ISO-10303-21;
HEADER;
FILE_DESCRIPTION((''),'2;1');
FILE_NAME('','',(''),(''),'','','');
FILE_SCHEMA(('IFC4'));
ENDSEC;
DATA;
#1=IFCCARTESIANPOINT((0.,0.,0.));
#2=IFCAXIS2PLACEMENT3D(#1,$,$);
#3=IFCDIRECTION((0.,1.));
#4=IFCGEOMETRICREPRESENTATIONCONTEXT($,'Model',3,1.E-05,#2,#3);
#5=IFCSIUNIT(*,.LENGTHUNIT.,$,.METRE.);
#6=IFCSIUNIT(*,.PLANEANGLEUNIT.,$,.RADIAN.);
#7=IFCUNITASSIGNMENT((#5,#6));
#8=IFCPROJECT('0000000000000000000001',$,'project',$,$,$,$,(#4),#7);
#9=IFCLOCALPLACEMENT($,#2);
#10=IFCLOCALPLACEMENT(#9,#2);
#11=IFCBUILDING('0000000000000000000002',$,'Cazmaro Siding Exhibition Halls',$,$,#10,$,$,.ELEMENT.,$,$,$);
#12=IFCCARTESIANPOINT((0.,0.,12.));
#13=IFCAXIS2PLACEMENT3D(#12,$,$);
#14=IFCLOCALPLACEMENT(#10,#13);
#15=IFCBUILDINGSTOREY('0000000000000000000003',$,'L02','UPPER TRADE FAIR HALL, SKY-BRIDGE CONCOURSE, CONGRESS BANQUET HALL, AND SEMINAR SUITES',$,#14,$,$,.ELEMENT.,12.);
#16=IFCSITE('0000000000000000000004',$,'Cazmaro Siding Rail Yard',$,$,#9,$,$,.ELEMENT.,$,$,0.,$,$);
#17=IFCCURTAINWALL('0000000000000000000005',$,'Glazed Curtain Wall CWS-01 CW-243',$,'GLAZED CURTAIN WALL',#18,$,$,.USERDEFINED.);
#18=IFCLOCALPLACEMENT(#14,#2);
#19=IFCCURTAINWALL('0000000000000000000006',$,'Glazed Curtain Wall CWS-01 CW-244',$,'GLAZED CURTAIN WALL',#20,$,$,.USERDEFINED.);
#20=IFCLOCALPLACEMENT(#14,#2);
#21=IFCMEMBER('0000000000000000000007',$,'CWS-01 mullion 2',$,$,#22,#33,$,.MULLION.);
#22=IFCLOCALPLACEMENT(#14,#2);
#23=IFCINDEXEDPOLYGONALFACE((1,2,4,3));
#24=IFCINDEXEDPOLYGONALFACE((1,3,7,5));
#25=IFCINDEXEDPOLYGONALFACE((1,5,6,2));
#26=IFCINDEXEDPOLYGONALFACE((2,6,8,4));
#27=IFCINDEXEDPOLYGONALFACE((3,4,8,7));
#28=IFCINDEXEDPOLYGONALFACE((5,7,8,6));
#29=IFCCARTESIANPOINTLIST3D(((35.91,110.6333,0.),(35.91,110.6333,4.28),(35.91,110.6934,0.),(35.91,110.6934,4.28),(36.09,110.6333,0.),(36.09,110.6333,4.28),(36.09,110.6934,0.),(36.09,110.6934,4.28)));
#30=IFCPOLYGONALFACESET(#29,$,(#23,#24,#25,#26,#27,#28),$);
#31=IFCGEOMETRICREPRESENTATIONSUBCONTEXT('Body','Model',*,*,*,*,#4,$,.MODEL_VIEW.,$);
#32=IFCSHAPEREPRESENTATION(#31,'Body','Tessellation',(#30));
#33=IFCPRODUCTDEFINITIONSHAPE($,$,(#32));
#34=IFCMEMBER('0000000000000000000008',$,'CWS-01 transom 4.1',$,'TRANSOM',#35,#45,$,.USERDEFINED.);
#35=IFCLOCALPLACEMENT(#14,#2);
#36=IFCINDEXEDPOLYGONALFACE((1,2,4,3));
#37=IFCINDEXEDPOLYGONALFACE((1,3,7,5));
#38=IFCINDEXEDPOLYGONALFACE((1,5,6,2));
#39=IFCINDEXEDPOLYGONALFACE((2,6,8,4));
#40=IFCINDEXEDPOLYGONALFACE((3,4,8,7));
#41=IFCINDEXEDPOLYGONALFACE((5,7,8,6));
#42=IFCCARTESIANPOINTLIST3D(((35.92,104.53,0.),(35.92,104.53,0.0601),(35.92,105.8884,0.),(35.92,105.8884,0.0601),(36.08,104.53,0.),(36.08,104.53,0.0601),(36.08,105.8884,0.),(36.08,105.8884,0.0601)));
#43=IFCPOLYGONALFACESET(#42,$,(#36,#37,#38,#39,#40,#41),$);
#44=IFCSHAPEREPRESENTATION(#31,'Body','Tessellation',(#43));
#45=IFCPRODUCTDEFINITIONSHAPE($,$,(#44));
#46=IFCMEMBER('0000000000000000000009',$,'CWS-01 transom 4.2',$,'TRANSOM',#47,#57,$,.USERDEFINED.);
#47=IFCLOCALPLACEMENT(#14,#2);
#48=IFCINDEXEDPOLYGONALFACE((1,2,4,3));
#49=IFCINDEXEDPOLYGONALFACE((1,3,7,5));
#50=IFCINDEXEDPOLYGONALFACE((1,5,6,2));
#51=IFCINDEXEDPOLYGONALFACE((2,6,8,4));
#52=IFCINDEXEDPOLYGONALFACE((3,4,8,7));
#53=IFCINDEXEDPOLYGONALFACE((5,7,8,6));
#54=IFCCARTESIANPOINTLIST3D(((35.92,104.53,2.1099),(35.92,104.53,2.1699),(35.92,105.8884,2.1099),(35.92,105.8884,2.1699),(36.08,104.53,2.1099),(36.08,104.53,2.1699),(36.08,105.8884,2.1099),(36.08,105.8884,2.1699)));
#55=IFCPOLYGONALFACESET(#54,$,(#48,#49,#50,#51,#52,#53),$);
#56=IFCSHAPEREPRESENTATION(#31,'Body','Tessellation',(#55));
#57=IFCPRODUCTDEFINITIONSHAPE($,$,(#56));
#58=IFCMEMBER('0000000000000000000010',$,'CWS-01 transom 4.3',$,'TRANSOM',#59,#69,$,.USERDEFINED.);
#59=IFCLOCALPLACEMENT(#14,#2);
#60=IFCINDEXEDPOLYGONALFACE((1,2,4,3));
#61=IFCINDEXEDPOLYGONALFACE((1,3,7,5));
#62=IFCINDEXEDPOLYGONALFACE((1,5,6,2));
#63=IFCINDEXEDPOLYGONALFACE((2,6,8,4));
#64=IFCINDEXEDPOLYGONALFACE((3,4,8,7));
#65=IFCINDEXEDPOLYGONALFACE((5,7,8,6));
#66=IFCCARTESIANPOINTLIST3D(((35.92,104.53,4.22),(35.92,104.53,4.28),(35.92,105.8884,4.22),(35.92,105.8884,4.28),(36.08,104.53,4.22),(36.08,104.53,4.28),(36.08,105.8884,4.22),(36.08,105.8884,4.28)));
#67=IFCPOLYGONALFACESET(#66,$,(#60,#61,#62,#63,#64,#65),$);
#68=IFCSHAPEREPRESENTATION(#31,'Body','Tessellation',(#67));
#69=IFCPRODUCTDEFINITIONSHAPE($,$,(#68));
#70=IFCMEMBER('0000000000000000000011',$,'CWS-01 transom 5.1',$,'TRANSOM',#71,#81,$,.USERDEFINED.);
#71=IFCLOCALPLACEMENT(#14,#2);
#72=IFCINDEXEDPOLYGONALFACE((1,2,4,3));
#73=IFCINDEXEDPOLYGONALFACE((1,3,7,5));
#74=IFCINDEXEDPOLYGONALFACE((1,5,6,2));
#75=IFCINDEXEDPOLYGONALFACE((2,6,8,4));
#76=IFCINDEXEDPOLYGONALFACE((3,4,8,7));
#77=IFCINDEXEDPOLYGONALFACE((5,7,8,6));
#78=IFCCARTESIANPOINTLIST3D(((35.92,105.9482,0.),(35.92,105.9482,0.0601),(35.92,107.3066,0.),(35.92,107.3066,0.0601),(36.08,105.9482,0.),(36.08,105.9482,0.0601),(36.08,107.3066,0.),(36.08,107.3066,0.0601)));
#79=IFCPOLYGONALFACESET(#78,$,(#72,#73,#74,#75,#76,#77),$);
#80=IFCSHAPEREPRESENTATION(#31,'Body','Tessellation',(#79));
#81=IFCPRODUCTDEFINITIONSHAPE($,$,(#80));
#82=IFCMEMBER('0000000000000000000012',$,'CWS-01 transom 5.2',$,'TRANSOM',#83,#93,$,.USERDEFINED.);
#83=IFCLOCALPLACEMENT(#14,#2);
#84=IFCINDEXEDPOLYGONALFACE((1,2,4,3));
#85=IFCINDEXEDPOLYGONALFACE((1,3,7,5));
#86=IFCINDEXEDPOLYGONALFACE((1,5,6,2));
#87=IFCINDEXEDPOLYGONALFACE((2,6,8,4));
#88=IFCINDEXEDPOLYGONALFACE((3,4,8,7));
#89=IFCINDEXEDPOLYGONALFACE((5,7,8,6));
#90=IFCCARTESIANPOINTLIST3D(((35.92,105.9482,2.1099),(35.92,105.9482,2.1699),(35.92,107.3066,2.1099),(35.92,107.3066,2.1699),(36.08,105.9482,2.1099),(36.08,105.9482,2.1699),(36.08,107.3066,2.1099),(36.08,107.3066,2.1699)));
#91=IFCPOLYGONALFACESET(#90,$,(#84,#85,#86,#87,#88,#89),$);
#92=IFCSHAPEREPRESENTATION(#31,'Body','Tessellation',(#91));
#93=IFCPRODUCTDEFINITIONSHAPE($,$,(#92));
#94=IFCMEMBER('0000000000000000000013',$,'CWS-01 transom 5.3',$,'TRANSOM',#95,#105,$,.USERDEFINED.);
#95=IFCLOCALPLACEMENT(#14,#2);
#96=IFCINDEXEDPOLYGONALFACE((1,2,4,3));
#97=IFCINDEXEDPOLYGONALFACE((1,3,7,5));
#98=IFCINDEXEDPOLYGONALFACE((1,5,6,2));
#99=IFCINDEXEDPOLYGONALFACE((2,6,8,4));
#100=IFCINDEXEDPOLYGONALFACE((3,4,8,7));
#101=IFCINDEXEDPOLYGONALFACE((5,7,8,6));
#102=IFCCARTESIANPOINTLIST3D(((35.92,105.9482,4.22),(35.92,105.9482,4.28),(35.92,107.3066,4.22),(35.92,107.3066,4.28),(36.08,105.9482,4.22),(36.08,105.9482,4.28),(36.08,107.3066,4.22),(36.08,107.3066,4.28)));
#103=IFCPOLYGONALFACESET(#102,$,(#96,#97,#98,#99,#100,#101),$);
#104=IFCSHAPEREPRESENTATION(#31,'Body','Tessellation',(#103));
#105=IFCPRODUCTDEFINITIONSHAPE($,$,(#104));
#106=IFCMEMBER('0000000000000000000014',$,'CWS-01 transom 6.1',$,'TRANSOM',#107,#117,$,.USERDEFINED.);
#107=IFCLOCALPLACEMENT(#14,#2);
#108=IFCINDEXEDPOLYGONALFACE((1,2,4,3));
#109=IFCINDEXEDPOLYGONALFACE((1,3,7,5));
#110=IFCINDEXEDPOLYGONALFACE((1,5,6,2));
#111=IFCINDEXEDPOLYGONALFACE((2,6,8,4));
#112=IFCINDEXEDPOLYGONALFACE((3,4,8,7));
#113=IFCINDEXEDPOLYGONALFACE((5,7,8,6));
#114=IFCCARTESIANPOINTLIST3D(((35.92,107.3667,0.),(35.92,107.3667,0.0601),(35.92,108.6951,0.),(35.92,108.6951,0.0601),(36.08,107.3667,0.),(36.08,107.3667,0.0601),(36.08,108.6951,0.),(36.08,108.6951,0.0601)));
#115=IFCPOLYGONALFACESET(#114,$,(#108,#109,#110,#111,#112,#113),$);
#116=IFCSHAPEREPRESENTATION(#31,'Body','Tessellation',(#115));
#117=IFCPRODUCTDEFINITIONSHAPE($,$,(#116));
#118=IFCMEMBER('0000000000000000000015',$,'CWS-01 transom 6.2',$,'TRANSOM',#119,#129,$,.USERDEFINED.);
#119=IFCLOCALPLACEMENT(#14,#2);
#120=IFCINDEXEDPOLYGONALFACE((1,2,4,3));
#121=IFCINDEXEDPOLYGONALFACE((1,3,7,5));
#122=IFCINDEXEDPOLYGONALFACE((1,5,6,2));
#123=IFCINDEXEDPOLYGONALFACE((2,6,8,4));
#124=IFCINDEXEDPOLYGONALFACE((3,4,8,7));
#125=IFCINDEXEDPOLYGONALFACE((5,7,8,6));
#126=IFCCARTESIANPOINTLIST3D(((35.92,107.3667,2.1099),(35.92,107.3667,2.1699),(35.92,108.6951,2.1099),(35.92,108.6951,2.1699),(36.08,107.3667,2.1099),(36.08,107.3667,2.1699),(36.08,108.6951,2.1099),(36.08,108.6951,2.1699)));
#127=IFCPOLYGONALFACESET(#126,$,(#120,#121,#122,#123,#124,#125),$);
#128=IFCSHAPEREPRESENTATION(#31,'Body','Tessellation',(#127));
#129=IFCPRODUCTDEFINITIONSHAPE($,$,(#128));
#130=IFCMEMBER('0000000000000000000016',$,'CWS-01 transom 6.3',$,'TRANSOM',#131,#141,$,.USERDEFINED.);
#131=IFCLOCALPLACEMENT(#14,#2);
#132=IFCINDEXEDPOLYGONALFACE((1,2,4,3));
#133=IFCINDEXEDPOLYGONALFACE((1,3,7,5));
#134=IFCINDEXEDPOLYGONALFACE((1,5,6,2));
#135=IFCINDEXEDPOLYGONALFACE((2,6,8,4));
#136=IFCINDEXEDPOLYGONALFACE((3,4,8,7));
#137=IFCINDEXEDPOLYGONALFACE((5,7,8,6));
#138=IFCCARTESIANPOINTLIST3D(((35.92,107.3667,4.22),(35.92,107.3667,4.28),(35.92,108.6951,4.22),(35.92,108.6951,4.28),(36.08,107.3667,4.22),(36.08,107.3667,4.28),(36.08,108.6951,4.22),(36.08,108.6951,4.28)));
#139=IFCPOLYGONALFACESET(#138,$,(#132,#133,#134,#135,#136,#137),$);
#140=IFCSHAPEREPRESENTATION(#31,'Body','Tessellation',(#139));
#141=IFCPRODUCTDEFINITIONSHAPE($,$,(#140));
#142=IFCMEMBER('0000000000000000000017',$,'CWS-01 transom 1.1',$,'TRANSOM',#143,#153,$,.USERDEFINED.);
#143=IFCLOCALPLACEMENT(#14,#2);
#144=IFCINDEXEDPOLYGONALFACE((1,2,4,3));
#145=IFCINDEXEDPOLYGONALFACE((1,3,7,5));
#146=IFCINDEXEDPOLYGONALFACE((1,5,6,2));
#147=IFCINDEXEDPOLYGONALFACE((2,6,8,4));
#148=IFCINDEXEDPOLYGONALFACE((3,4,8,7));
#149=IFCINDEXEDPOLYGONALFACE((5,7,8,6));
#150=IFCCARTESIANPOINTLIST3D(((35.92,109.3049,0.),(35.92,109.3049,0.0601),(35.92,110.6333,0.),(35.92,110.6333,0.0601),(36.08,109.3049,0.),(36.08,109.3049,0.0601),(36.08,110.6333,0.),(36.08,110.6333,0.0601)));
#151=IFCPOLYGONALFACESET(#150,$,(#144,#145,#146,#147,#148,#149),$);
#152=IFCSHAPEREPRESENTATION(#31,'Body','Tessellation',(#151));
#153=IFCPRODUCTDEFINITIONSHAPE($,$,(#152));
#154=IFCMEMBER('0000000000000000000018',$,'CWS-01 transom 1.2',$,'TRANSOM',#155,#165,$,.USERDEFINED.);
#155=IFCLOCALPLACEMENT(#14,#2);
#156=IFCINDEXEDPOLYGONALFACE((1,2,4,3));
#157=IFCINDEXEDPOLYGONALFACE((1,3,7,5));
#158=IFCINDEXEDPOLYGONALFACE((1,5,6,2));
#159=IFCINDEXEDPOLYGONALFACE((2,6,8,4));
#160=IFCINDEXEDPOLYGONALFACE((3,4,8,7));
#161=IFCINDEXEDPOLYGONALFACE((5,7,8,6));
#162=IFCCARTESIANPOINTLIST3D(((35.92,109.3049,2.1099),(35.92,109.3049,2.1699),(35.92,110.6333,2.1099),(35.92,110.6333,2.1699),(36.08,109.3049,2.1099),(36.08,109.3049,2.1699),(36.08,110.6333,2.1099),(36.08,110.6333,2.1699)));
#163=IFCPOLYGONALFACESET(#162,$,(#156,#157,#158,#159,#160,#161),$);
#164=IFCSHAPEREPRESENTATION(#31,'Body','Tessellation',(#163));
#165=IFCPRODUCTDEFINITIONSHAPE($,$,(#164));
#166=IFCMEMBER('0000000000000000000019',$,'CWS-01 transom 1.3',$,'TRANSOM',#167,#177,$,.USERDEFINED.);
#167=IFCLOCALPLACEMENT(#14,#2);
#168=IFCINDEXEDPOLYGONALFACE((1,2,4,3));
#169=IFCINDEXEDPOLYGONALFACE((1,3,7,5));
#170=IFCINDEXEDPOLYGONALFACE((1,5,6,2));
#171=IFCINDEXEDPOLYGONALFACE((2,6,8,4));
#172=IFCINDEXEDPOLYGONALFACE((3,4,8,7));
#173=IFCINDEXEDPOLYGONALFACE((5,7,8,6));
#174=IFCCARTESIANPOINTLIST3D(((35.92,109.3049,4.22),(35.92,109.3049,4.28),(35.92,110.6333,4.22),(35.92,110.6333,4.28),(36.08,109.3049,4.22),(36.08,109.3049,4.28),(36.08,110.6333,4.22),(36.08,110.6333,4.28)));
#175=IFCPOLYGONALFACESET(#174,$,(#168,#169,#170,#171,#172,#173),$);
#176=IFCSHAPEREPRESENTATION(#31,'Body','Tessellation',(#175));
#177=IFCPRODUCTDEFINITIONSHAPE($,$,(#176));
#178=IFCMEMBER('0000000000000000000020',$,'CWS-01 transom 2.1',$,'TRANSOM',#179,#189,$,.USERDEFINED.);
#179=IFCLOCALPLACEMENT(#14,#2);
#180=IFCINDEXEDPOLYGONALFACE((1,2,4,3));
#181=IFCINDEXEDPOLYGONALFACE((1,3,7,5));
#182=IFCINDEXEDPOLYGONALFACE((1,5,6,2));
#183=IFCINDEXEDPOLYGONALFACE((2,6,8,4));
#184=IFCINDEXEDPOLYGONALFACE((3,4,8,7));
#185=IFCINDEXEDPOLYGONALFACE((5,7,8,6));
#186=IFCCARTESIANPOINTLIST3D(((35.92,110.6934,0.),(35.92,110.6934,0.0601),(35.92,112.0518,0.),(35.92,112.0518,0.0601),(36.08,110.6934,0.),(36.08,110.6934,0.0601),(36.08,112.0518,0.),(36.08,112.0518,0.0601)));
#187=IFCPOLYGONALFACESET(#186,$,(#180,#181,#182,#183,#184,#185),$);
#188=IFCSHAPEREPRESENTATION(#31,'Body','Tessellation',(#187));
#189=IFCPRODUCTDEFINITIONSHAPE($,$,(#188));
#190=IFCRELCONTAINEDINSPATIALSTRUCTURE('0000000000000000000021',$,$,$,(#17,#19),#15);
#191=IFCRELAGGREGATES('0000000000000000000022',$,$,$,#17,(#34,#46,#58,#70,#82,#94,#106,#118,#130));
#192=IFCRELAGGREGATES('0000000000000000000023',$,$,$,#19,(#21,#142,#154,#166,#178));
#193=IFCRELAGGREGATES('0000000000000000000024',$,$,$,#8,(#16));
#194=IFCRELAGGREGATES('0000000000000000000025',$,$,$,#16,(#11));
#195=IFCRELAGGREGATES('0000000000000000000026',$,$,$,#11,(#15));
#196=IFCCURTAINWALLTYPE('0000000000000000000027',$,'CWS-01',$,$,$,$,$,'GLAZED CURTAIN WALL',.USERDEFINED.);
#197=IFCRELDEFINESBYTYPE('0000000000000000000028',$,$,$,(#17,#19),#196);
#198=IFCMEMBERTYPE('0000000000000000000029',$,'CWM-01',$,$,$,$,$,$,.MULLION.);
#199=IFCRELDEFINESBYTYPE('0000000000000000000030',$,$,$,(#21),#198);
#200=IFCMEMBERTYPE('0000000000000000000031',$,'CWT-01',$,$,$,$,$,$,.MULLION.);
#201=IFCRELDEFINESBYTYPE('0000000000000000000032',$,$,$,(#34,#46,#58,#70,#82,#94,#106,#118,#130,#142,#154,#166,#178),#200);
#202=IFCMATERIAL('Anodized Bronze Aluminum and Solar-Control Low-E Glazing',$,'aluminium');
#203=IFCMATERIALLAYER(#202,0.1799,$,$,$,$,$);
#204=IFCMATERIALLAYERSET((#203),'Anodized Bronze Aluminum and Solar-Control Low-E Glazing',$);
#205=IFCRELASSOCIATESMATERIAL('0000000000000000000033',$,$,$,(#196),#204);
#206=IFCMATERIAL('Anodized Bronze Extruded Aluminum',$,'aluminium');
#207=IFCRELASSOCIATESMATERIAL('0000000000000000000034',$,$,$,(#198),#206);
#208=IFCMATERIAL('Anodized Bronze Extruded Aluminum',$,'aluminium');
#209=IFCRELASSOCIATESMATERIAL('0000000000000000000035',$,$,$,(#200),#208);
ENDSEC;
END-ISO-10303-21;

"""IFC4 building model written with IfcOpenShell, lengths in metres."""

from ifc_helpers import new_model, si_unit, direction, frame, origin, origin_2d, place, context, subcontext, project, spatial, rectangle, extrude, material, layer, layer_set, material_profile, profile_set, type_object, element, aggregate, save


model = new_model("IFC4")

# Units and contexts
model_context = context("Model", 3, precision=1e-05, world=origin(), true_north=direction((0.0, 1.0)))
body_context = subcontext(model_context, "Body", "Model", "MODEL_VIEW")
ifc_project = project(units=[si_unit("LENGTHUNIT", "METRE"), si_unit("PLANEANGLEUNIT", "RADIAN")], contexts=[model_context])

# Site, building, storey
site_placement = place(None, origin())
site = spatial("IfcSite", under=ifc_project, at=site_placement, Name="Cazmaro Siding Rail Yard", CompositionType="ELEMENT", RefElevation=0.0)
building_placement = place(site_placement, origin())
building = spatial("IfcBuilding", under=site, at=building_placement, Name="Cazmaro Siding Exhibition Halls", CompositionType="ELEMENT")
storey_placement = place(building_placement, frame((0.0, 0.0, 12.0)))
storey = spatial("IfcBuildingStorey", under=building, at=storey_placement, Name="L02", Description="UPPER TRADE FAIR HALL, SKY-BRIDGE CONCOURSE, CONGRESS BANQUET HALL, AND SEMINAR SUITES", CompositionType="ELEMENT", Elevation=12.0)

# Curtain walls, member
ifc_material_1 = material(Name="Anodized Bronze Aluminum and Solar-Control Low-E Glazing", Category="aluminium")
ifc_layer_1 = layer(ifc_material_1, 0.1799)
ifc_layer_set_1 = layer_set([ifc_layer_1], Name="Anodized Bronze Aluminum and Solar-Control Low-E Glazing")
curtain_wall_type = type_object("IfcCurtainWallType", Name="CWS-01", ElementType="GLAZED CURTAIN WALL", PredefinedType="USERDEFINED", material=ifc_layer_set_1)
curtain_wall_1_placement = place(storey_placement, origin())
curtain_wall_1 = element("IfcCurtainWall", 1, at=curtain_wall_1_placement, inside=storey, type_object=curtain_wall_type, Name="Glazed Curtain Wall CWS-01 CW-243", ObjectType="GLAZED CURTAIN WALL", PredefinedType="USERDEFINED")
ifc_material_2 = material(Name="Anodized Bronze Extruded Aluminum", Category="aluminium")
ifc_material_profile_1 = material_profile(ifc_material_2, rectangle(XDim=0.1799, YDim=0.0601, at=origin_2d()), Name="CWM-01")
ifc_profile_set_1 = profile_set([ifc_material_profile_1], Name="Anodized Bronze Extruded Aluminum")
member_type_1 = type_object("IfcMemberType", Name="CWM-01", PredefinedType="MULLION", material=ifc_profile_set_1)
curtain_wall_2_placement = place(storey_placement, origin())
curtain_wall_2 = element("IfcCurtainWall", 2, at=curtain_wall_2_placement, inside=storey, type_object=curtain_wall_type, Name="Glazed Curtain Wall CWS-01 CW-244", ObjectType="GLAZED CURTAIN WALL", PredefinedType="USERDEFINED")
member_1_placement = place(storey_placement, frame((36.0, 110.6633, 0.0), z_axis=(0.0, 0.0, 1.0), x_axis=(-1.0, 0.0, 0.0)))
member_1 = element("IfcMember", 3, at=member_1_placement, type_object=member_type_1, Name="CWS-01 mullion 2", PredefinedType="MULLION", context=body_context, shape_type="SweptSolid", body=[
    extrude(rectangle(XDim=0.1799, YDim=0.0601, at=origin_2d()), origin(), (0.0, 0.0, 1.0), 4.28),
])

# Members
ifc_material_3 = material(Name="Anodized Bronze Extruded Aluminum", Category="aluminium")
ifc_material_profile_2 = material_profile(ifc_material_3, rectangle(XDim=0.1599, YDim=0.0601, at=origin_2d()), Name="CWT-01")
ifc_profile_set_2 = profile_set([ifc_material_profile_2], Name="Anodized Bronze Extruded Aluminum")
member_type_2 = type_object("IfcMemberType", Name="CWT-01", PredefinedType="MULLION", material=ifc_profile_set_2)
member_2_placement = place(storey_placement, frame((36.0, 104.53, 0.03), z_axis=(0.0, 1.0, 0.0), x_axis=(-1.0, 0.0, 0.0)))
member_2 = element("IfcMember", 4, at=member_2_placement, type_object=member_type_2, Name="CWS-01 transom 4.1", ObjectType="TRANSOM", PredefinedType="USERDEFINED", context=body_context, shape_type="SweptSolid", body=[
    extrude(rectangle(XDim=0.1599, YDim=0.0601, at=origin_2d()), origin(), (0.0, 0.0, 1.0), 1.3584),
])
member_3_placement = place(storey_placement, frame((36.0, 104.53, 2.1399), z_axis=(0.0, 1.0, 0.0), x_axis=(-1.0, 0.0, 0.0)))
member_3 = element("IfcMember", 5, at=member_3_placement, type_object=member_type_2, Name="CWS-01 transom 4.2", ObjectType="TRANSOM", PredefinedType="USERDEFINED", context=body_context, shape_type="SweptSolid", body=[
    extrude(rectangle(XDim=0.1599, YDim=0.0601, at=origin_2d()), origin(), (0.0, 0.0, 1.0), 1.3584),
])
member_4_placement = place(storey_placement, frame((36.0, 104.53, 4.25), z_axis=(0.0, 1.0, 0.0), x_axis=(-1.0, 0.0, 0.0)))
member_4 = element("IfcMember", 6, at=member_4_placement, type_object=member_type_2, Name="CWS-01 transom 4.3", ObjectType="TRANSOM", PredefinedType="USERDEFINED", context=body_context, shape_type="SweptSolid", body=[
    extrude(rectangle(XDim=0.1599, YDim=0.0601, at=origin_2d()), origin(), (0.0, 0.0, 1.0), 1.3584),
])
member_5_placement = place(storey_placement, frame((36.0, 105.9482, 0.03), z_axis=(0.0, 1.0, 0.0), x_axis=(-1.0, 0.0, 0.0)))
member_5 = element("IfcMember", 7, at=member_5_placement, type_object=member_type_2, Name="CWS-01 transom 5.1", ObjectType="TRANSOM", PredefinedType="USERDEFINED", context=body_context, shape_type="SweptSolid", body=[
    extrude(rectangle(XDim=0.1599, YDim=0.0601, at=origin_2d()), origin(), (0.0, 0.0, 1.0), 1.3584),
])
member_6_placement = place(storey_placement, frame((36.0, 105.9482, 2.1399), z_axis=(0.0, 1.0, 0.0), x_axis=(-1.0, 0.0, 0.0)))
member_6 = element("IfcMember", 8, at=member_6_placement, type_object=member_type_2, Name="CWS-01 transom 5.2", ObjectType="TRANSOM", PredefinedType="USERDEFINED", context=body_context, shape_type="SweptSolid", body=[
    extrude(rectangle(XDim=0.1599, YDim=0.0601, at=origin_2d()), origin(), (0.0, 0.0, 1.0), 1.3584),
])
member_7_placement = place(storey_placement, frame((36.0, 105.9482, 4.25), z_axis=(0.0, 1.0, 0.0), x_axis=(-1.0, 0.0, 0.0)))
member_7 = element("IfcMember", 9, at=member_7_placement, type_object=member_type_2, Name="CWS-01 transom 5.3", ObjectType="TRANSOM", PredefinedType="USERDEFINED", context=body_context, shape_type="SweptSolid", body=[
    extrude(rectangle(XDim=0.1599, YDim=0.0601, at=origin_2d()), origin(), (0.0, 0.0, 1.0), 1.3584),
])
member_8_placement = place(storey_placement, frame((36.0, 107.3667, 0.03), z_axis=(0.0, 1.0, 0.0), x_axis=(-1.0, 0.0, 0.0)))
member_8 = element("IfcMember", 10, at=member_8_placement, type_object=member_type_2, Name="CWS-01 transom 6.1", ObjectType="TRANSOM", PredefinedType="USERDEFINED", context=body_context, shape_type="SweptSolid", body=[
    extrude(rectangle(XDim=0.1599, YDim=0.0601, at=origin_2d()), origin(), (0.0, 0.0, 1.0), 1.3284),
])
member_9_placement = place(storey_placement, frame((36.0, 107.3667, 2.1399), z_axis=(0.0, 1.0, 0.0), x_axis=(-1.0, 0.0, 0.0)))
member_9 = element("IfcMember", 11, at=member_9_placement, type_object=member_type_2, Name="CWS-01 transom 6.2", ObjectType="TRANSOM", PredefinedType="USERDEFINED", context=body_context, shape_type="SweptSolid", body=[
    extrude(rectangle(XDim=0.1599, YDim=0.0601, at=origin_2d()), origin(), (0.0, 0.0, 1.0), 1.3284),
])
member_10_placement = place(storey_placement, frame((36.0, 107.3667, 4.25), z_axis=(0.0, 1.0, 0.0), x_axis=(-1.0, 0.0, 0.0)))
member_10 = element("IfcMember", 12, at=member_10_placement, type_object=member_type_2, Name="CWS-01 transom 6.3", ObjectType="TRANSOM", PredefinedType="USERDEFINED", context=body_context, shape_type="SweptSolid", body=[
    extrude(rectangle(XDim=0.1599, YDim=0.0601, at=origin_2d()), origin(), (0.0, 0.0, 1.0), 1.3284),
])
member_11_placement = place(storey_placement, frame((36.0, 109.3049, 0.03), z_axis=(0.0, 1.0, 0.0), x_axis=(-1.0, 0.0, 0.0)))
member_11 = element("IfcMember", 13, at=member_11_placement, type_object=member_type_2, Name="CWS-01 transom 1.1", ObjectType="TRANSOM", PredefinedType="USERDEFINED", context=body_context, shape_type="SweptSolid", body=[
    extrude(rectangle(XDim=0.1599, YDim=0.0601, at=origin_2d()), origin(), (0.0, 0.0, 1.0), 1.3284),
])
member_12_placement = place(storey_placement, frame((36.0, 109.3049, 2.1399), z_axis=(0.0, 1.0, 0.0), x_axis=(-1.0, 0.0, 0.0)))
member_12 = element("IfcMember", 14, at=member_12_placement, type_object=member_type_2, Name="CWS-01 transom 1.2", ObjectType="TRANSOM", PredefinedType="USERDEFINED", context=body_context, shape_type="SweptSolid", body=[
    extrude(rectangle(XDim=0.1599, YDim=0.0601, at=origin_2d()), origin(), (0.0, 0.0, 1.0), 1.3284),
])
member_13_placement = place(storey_placement, frame((36.0, 109.3049, 4.25), z_axis=(0.0, 1.0, 0.0), x_axis=(-1.0, 0.0, 0.0)))
member_13 = element("IfcMember", 15, at=member_13_placement, type_object=member_type_2, Name="CWS-01 transom 1.3", ObjectType="TRANSOM", PredefinedType="USERDEFINED", context=body_context, shape_type="SweptSolid", body=[
    extrude(rectangle(XDim=0.1599, YDim=0.0601, at=origin_2d()), origin(), (0.0, 0.0, 1.0), 1.3284),
])
member_14_placement = place(storey_placement, frame((36.0, 110.6934, 0.03), z_axis=(0.0, 1.0, 0.0), x_axis=(-1.0, 0.0, 0.0)))
member_14 = element("IfcMember", 16, at=member_14_placement, type_object=member_type_2, Name="CWS-01 transom 2.1", ObjectType="TRANSOM", PredefinedType="USERDEFINED", context=body_context, shape_type="SweptSolid", body=[
    extrude(rectangle(XDim=0.1599, YDim=0.0601, at=origin_2d()), origin(), (0.0, 0.0, 1.0), 1.3584),
])

aggregate(curtain_wall_1, [member_2, member_3, member_4, member_5, member_6, member_7, member_8, member_9, member_10])
aggregate(curtain_wall_2, [member_1, member_11, member_12, member_13, member_14])

save(model, "model.ifc")
